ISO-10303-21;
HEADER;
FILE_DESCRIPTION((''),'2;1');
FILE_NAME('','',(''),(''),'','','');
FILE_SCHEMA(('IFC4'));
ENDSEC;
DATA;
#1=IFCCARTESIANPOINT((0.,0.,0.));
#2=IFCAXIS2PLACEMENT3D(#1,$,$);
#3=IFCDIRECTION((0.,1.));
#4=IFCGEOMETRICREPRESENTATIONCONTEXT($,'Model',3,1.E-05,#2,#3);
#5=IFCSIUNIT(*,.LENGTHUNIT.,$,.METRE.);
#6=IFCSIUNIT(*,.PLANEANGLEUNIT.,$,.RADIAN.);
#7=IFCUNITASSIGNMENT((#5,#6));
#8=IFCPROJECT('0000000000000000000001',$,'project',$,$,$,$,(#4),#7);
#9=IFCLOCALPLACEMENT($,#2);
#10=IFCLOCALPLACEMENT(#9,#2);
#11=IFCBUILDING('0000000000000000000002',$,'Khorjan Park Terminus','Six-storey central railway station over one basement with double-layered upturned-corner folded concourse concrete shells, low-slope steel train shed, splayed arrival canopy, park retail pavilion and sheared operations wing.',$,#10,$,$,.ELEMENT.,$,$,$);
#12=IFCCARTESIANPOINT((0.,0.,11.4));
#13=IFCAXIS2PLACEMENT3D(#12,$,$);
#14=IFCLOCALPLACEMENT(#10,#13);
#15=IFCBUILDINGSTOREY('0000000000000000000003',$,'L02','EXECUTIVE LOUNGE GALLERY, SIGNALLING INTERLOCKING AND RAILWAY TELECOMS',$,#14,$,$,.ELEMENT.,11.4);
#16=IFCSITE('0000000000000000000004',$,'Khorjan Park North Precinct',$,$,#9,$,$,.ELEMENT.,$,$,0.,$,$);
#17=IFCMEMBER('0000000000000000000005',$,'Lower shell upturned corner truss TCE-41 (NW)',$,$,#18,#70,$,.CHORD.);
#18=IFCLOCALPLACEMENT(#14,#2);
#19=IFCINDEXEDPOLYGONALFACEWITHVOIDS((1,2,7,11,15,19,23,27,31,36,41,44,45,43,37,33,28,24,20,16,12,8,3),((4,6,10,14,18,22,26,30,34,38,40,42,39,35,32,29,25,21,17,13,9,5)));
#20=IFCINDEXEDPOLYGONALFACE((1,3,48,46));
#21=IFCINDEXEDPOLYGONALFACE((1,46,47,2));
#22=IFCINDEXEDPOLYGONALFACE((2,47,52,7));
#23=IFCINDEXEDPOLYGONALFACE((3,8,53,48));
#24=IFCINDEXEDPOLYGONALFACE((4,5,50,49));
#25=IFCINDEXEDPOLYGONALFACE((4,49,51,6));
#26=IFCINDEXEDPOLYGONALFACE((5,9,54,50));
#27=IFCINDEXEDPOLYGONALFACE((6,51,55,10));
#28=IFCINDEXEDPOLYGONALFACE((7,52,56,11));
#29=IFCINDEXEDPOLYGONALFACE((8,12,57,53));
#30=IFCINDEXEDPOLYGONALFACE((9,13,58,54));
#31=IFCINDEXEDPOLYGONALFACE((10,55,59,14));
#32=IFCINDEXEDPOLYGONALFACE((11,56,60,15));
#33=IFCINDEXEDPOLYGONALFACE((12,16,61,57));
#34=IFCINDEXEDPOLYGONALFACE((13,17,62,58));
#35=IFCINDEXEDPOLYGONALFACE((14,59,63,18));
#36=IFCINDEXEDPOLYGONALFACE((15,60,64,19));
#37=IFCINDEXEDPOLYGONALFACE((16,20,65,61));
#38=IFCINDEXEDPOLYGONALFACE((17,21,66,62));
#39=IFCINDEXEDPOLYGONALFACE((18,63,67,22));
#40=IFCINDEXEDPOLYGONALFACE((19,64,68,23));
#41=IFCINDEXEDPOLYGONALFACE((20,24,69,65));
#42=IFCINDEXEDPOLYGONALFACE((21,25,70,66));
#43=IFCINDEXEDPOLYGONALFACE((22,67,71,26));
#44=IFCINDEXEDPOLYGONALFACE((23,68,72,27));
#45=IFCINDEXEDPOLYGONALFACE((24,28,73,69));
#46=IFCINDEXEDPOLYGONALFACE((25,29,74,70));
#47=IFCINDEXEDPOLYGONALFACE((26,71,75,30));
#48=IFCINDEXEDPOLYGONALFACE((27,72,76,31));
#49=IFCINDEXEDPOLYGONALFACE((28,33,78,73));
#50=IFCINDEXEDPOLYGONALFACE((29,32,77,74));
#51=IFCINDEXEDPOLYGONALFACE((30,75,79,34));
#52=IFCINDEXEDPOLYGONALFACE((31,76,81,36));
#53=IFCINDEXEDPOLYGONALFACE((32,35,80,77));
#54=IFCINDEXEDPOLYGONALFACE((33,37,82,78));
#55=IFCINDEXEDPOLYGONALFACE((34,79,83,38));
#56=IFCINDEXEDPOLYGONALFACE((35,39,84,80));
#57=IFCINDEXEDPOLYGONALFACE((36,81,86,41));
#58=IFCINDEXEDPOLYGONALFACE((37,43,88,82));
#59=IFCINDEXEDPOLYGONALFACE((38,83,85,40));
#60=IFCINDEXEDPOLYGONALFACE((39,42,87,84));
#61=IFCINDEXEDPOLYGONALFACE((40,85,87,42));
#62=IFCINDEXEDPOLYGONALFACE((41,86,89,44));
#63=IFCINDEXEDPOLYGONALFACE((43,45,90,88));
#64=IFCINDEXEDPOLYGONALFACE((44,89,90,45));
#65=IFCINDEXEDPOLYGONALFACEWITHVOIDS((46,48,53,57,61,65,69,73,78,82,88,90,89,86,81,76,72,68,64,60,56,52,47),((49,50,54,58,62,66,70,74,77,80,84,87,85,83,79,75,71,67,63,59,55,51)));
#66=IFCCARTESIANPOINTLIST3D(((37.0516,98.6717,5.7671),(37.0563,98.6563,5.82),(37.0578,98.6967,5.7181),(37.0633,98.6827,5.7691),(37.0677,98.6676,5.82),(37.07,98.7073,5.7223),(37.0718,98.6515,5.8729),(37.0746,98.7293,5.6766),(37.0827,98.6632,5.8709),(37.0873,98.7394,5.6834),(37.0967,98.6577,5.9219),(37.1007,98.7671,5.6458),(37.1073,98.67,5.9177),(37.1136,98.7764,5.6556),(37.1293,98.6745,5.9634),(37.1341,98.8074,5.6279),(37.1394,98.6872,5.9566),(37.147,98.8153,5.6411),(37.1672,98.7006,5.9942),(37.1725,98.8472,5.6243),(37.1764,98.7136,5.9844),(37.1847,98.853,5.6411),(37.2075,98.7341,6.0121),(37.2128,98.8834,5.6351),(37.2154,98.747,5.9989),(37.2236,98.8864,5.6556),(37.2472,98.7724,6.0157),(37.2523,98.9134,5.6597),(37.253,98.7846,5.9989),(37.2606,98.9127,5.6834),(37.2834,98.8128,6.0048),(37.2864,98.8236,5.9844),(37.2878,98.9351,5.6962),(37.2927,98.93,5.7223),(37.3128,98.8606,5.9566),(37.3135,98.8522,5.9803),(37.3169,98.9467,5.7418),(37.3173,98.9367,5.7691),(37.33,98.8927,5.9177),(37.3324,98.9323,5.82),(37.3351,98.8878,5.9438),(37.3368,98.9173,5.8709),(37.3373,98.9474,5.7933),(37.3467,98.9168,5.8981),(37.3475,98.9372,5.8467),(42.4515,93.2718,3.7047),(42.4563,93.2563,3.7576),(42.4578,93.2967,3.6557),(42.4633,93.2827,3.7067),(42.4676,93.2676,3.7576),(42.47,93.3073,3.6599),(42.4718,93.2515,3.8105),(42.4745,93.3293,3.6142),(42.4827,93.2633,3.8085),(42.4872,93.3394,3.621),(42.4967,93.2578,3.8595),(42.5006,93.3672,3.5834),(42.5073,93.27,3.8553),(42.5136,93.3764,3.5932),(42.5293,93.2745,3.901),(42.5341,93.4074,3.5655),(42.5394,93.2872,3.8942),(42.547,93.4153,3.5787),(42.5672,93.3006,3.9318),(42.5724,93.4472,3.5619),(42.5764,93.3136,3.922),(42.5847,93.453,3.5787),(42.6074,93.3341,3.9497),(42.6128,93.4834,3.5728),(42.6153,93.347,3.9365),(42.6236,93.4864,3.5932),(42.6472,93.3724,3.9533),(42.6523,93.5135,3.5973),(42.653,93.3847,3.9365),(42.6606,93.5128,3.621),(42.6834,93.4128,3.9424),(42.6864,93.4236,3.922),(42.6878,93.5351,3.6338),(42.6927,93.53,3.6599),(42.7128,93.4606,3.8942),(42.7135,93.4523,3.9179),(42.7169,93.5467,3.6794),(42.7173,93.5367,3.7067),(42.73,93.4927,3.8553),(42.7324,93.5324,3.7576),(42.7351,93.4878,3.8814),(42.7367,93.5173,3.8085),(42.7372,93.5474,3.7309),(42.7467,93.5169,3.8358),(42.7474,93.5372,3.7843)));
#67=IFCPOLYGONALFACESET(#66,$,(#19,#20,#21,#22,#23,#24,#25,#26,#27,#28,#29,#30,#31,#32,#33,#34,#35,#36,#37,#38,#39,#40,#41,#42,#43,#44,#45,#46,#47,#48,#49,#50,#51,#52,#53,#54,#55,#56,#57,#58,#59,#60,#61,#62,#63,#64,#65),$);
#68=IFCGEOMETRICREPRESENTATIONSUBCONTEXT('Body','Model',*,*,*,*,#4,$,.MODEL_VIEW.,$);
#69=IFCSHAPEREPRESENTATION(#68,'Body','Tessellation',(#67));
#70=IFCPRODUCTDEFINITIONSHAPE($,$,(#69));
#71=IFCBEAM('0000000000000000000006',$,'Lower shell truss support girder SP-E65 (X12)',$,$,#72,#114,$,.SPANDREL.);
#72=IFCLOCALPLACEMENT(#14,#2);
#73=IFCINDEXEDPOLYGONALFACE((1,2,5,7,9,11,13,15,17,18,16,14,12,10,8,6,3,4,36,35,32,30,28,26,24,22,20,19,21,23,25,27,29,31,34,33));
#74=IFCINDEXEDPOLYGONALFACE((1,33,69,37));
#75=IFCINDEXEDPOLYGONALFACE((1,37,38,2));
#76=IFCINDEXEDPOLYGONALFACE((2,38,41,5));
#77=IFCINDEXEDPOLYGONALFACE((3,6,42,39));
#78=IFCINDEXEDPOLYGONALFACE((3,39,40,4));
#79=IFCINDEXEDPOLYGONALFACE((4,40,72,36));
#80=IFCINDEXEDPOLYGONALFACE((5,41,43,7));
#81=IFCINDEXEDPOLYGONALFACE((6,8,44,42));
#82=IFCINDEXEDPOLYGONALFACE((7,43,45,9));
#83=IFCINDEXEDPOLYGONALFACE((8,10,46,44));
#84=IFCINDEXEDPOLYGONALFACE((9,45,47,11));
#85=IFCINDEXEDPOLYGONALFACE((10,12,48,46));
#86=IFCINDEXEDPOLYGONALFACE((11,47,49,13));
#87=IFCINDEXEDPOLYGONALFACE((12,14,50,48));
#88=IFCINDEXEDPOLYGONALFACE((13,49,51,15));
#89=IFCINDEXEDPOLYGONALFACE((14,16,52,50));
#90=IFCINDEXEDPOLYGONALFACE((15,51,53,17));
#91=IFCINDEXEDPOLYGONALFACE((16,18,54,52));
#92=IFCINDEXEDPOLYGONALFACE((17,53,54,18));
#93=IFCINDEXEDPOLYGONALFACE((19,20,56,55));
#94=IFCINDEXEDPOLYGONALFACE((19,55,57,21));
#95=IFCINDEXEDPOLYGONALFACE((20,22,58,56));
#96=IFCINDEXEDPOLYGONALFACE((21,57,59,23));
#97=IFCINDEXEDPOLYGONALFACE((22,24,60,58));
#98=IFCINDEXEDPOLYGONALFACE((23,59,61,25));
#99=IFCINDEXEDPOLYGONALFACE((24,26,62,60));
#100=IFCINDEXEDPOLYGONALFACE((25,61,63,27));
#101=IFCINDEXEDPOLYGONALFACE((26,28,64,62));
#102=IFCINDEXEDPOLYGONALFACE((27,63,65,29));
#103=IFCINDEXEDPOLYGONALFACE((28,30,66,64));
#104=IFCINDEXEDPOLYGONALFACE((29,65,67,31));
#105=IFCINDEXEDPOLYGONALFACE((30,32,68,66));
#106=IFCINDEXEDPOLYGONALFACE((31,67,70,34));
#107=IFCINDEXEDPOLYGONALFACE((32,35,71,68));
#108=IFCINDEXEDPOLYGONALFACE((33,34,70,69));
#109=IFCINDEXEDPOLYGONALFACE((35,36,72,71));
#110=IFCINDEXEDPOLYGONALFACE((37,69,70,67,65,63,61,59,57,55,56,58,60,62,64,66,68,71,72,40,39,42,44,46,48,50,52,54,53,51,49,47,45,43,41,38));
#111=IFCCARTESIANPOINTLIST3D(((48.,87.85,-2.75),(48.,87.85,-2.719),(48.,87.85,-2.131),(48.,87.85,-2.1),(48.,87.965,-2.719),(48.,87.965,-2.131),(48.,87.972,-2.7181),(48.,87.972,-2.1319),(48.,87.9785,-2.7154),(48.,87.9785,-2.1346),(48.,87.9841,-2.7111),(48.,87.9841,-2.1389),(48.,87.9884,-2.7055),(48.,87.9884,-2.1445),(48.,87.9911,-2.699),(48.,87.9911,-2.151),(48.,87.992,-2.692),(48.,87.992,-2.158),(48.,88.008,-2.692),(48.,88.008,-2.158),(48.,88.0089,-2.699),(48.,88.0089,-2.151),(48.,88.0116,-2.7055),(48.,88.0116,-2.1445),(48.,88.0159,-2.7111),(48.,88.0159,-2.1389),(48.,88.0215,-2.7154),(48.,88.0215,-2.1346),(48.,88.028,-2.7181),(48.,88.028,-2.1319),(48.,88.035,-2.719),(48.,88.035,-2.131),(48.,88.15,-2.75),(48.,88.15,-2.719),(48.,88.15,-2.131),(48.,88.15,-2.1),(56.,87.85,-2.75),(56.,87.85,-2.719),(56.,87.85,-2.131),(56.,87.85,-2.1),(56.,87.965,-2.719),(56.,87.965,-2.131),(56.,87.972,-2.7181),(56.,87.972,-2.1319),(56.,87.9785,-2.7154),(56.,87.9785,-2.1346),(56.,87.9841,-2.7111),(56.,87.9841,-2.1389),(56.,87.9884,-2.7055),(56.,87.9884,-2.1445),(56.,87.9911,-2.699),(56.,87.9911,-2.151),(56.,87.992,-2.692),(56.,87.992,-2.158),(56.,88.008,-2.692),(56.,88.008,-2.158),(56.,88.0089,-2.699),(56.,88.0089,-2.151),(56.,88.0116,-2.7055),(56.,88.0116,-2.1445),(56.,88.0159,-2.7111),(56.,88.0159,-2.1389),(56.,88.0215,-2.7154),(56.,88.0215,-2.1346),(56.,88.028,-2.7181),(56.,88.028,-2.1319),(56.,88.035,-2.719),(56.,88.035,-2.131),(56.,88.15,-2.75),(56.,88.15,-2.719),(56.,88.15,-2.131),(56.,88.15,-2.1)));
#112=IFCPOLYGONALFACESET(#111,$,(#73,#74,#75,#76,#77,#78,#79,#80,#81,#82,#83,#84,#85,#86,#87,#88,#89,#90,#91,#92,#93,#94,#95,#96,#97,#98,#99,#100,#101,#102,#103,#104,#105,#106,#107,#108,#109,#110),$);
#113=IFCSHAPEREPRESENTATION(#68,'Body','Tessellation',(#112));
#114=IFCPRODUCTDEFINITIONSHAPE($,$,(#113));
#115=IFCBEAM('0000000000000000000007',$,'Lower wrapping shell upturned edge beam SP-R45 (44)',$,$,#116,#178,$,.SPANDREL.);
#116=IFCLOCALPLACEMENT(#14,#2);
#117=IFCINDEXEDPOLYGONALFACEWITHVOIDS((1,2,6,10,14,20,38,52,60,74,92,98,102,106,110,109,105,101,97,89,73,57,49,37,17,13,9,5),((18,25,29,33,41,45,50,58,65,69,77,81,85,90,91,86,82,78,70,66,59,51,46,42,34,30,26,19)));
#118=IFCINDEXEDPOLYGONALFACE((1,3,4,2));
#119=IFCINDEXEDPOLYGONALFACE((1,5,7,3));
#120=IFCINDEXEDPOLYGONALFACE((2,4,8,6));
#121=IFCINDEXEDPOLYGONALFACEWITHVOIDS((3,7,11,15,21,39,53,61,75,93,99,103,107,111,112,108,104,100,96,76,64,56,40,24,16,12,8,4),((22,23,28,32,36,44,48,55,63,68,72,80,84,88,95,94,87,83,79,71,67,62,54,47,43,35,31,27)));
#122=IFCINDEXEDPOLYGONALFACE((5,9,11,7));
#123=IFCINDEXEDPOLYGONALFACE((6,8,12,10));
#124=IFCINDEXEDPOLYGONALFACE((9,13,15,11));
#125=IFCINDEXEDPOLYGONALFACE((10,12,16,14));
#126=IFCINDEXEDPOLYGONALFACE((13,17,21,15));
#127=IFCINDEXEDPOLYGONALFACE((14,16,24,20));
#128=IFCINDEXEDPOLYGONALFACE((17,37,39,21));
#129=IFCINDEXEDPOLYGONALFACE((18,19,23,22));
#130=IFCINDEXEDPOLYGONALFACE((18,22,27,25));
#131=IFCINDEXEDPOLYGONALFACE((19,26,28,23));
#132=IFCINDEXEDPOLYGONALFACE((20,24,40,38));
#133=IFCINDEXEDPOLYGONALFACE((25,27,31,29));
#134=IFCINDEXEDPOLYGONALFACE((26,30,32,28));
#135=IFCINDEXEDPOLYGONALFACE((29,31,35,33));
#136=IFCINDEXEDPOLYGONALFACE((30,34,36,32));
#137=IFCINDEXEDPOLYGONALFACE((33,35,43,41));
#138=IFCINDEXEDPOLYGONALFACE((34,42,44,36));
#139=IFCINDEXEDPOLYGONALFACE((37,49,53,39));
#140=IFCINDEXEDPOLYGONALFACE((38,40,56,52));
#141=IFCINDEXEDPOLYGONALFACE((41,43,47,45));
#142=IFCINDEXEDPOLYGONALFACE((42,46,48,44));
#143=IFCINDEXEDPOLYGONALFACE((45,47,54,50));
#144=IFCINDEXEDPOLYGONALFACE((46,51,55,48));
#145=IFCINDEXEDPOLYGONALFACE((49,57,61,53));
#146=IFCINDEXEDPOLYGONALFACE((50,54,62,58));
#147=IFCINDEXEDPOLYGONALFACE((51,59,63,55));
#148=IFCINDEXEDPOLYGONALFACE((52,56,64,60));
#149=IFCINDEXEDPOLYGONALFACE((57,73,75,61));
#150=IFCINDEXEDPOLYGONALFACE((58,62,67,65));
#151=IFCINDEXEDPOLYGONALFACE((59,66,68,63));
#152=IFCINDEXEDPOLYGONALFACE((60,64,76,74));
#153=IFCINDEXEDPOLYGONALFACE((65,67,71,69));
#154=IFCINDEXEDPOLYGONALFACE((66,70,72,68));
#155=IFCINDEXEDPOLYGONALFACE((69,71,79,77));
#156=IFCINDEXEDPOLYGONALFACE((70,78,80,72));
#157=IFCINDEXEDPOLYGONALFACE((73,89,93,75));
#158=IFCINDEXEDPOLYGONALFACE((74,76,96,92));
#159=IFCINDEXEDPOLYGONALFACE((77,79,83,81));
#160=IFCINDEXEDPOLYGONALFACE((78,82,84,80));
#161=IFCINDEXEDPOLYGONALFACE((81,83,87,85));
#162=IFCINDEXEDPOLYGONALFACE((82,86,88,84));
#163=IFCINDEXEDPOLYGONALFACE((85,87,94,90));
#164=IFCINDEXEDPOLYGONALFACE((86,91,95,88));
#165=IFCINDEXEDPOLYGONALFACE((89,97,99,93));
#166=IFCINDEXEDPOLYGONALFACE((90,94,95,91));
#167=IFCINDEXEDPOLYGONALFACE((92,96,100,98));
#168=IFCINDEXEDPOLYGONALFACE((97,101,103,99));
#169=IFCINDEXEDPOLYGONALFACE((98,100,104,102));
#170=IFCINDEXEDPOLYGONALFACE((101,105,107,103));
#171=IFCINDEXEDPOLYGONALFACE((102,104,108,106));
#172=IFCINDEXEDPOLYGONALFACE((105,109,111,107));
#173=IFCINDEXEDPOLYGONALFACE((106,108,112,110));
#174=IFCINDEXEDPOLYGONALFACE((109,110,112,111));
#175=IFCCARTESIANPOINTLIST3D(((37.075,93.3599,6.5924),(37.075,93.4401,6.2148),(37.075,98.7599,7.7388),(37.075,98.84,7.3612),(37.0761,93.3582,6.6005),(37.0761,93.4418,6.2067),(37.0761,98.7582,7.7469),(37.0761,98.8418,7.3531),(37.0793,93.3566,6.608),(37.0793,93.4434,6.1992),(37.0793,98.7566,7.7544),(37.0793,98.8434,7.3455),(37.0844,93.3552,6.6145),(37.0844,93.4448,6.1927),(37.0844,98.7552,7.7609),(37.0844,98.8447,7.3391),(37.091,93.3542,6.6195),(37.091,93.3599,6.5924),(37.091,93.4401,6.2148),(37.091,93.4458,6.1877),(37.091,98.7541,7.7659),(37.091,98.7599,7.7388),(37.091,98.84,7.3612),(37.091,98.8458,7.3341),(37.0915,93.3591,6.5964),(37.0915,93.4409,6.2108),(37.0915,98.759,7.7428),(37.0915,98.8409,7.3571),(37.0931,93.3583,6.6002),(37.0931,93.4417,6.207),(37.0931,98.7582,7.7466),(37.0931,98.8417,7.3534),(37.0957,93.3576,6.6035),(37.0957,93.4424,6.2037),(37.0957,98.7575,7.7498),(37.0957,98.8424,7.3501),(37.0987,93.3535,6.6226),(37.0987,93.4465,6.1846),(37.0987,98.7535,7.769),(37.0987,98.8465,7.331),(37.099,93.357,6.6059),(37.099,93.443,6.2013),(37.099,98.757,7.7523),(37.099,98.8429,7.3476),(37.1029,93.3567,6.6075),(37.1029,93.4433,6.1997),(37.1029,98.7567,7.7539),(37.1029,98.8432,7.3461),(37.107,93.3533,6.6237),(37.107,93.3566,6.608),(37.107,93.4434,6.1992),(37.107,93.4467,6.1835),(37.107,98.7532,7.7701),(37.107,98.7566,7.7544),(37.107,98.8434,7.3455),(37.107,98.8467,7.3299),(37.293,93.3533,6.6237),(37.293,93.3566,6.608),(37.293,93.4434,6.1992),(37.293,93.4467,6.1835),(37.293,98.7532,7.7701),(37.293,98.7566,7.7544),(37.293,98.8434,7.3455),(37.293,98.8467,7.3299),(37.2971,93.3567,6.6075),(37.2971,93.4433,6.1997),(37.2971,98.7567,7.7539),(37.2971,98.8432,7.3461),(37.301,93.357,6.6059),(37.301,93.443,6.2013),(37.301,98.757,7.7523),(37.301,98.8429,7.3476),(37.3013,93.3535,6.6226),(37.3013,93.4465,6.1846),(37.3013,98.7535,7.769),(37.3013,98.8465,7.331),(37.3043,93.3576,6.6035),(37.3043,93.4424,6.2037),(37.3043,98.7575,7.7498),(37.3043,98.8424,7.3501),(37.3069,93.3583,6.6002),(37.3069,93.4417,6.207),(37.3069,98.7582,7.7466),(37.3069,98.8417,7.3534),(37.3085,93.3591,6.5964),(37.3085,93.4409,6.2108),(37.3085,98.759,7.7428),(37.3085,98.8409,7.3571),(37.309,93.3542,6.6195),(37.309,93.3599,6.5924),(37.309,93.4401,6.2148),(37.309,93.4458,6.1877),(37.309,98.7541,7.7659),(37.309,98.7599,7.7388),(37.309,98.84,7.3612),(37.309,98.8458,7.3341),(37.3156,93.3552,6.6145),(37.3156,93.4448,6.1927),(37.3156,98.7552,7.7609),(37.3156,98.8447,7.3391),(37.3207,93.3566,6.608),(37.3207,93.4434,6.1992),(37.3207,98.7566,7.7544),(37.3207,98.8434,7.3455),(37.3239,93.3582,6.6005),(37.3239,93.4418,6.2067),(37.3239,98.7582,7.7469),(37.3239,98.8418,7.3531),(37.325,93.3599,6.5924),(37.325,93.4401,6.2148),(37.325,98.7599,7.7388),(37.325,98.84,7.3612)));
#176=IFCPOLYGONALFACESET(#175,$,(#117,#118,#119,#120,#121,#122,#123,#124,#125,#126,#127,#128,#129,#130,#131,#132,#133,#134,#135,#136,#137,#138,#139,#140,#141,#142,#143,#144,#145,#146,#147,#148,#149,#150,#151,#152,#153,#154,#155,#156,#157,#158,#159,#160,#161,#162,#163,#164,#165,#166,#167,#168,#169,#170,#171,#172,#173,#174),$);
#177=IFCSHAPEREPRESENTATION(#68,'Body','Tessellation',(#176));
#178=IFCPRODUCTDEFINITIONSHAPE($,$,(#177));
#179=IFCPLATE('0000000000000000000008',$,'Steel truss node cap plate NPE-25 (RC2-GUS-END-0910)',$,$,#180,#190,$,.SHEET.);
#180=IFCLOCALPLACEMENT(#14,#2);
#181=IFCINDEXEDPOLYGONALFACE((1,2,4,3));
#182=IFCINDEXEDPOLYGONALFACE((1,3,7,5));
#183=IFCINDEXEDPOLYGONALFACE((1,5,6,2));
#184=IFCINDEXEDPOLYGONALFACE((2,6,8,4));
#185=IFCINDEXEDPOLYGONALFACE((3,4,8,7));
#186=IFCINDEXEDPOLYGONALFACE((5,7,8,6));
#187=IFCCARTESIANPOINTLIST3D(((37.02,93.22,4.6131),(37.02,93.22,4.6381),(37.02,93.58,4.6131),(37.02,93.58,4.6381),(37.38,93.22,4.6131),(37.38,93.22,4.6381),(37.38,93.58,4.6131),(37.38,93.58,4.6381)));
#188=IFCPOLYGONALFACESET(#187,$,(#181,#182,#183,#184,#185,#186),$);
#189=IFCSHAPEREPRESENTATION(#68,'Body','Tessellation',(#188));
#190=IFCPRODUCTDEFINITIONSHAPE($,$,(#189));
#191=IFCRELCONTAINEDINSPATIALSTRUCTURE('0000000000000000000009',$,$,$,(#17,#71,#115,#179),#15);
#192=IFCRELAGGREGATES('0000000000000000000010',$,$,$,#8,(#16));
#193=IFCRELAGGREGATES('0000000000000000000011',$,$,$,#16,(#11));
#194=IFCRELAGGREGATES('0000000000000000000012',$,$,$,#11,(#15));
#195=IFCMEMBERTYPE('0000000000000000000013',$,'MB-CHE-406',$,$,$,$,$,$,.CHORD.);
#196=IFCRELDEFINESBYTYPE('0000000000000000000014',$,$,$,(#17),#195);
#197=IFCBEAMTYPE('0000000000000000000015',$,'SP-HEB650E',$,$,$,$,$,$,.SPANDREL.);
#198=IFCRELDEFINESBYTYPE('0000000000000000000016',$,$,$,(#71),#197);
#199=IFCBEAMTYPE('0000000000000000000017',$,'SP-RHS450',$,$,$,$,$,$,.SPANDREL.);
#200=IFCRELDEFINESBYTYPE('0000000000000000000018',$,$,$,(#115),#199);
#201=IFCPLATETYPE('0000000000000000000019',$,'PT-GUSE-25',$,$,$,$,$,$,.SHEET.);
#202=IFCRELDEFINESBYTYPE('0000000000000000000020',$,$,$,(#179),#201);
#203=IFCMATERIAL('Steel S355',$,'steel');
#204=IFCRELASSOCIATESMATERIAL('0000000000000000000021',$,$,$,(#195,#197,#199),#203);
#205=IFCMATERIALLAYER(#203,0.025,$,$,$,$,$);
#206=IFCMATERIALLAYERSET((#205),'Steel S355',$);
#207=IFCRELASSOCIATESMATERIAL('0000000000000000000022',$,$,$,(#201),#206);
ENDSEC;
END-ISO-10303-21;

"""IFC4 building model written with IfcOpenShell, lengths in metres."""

from ifc_helpers import new_model, si_unit, direction, frame, origin, origin_2d, place, context, subcontext, project, spatial, rectangle, hollow_rectangle, hollow_circle, i_section, extrude, material, layer, layer_set, material_profile, profile_set, type_object, element, save


model = new_model("IFC4")

# Units and contexts
model_context = context("Model", 3, precision=1e-05, world=origin(), true_north=direction((0.0, 1.0)))
body_context = subcontext(model_context, "Body", "Model", "MODEL_VIEW")
ifc_project = project(units=[si_unit("LENGTHUNIT", "METRE"), si_unit("PLANEANGLEUNIT", "RADIAN")], contexts=[model_context])

# Site, building, storey
site_placement = place(None, origin())
site = spatial("IfcSite", under=ifc_project, at=site_placement, Name="Khorjan Park North Precinct", CompositionType="ELEMENT", RefElevation=0.0)
building_placement = place(site_placement, origin())
building = spatial("IfcBuilding", under=site, at=building_placement, Name="Khorjan Park Terminus", Description="Six-storey central railway station over one basement with double-layered upturned-corner folded concourse concrete shells, low-slope steel train shed, splayed arrival canopy, park retail pavilion and sheared operations wing.", CompositionType="ELEMENT")
storey_placement = place(building_placement, frame((0.0, 0.0, 11.4)))
storey = spatial("IfcBuildingStorey", under=building, at=storey_placement, Name="L02", Description="EXECUTIVE LOUNGE GALLERY, SIGNALLING INTERLOCKING AND RAILWAY TELECOMS", CompositionType="ELEMENT", Elevation=11.4)

# Member
ifc_material_1 = material(Name="Steel S355", Category="steel")
ifc_material_profile_1 = material_profile(ifc_material_1, hollow_circle(Radius=0.2032, WallThickness=0.016, at=origin_2d()), Name="CHS 406.4x16")
ifc_profile_set_1 = profile_set([ifc_material_profile_1], Name="Steel S355")
member_type_1 = type_object("IfcMemberType", Name="MB-CHE-406", PredefinedType="CHORD", material=ifc_profile_set_1)
for number, where, z_axis, x_axis, name in (
    (1, (42.6, 93.4, 3.7576), (-0.682651, 0.682651, 0.260722), (-0.707107, -0.707107, 0.0), "Lower shell upturned corner truss TCE-41 (NW)"),
):
    element("IfcMember", number, at=place(storey_placement, frame(where, z_axis=z_axis, x_axis=x_axis)), inside=storey, type_object=member_type_1, Name=name, PredefinedType="CHORD", context=body_context, shape_type="SweptSolid", body=[
        extrude(hollow_circle(Radius=0.2032, WallThickness=0.016, at=origin_2d()), origin(), (0.0, 0.0, 1.0), 7.9103),
    ])

# Beams
ifc_material_profile_2 = material_profile(ifc_material_1, i_section(OverallWidth=0.3, OverallDepth=0.65, WebThickness=0.016, FlangeThickness=0.031, FilletRadius=0.027, at=origin_2d()), Name="HEB 650")
ifc_profile_set_2 = profile_set([ifc_material_profile_2], Name="Steel S355")
beam_type_1 = type_object("IfcBeamType", Name="SP-HEB650E", PredefinedType="SPANDREL", material=ifc_profile_set_2)
beam_1_placement = place(storey_placement, frame((48.0, 88.0, -2.425), z_axis=(1.0, 0.0, 0.0), x_axis=(0.0, 1.0, 0.0)))
element("IfcBeam", 2, at=beam_1_placement, inside=storey, type_object=beam_type_1, Name="Lower shell truss support girder SP-E65 (X12)", PredefinedType="SPANDREL", context=body_context, shape_type="SweptSolid", body=[
    extrude(i_section(OverallWidth=0.3, OverallDepth=0.65, WebThickness=0.016, FlangeThickness=0.031, FilletRadius=0.027, at=origin_2d()), origin(), (0.0, 0.0, 1.0), 8.0),
])
ifc_material_profile_3 = material_profile(ifc_material_1, hollow_rectangle(XDim=0.25, YDim=0.45, WallThickness=0.016, InnerFilletRadius=0.016, OuterFilletRadius=0.032, at=origin_2d()), Name="RHS 450x250x16")
ifc_profile_set_3 = profile_set([ifc_material_profile_3], Name="Steel S355")
beam_type_2 = type_object("IfcBeamType", Name="SP-RHS450", PredefinedType="SPANDREL", material=ifc_profile_set_3)
beam_2_placement = place(storey_placement, frame((37.2, 93.4, 6.4036), z_axis=(0.0, 0.978199, 0.207668), x_axis=(-1.0, 0.0, 0.0)))
element("IfcBeam", 3, at=beam_2_placement, inside=storey, type_object=beam_type_2, Name="Lower wrapping shell upturned edge beam SP-R45 (44)", PredefinedType="SPANDREL", context=body_context, shape_type="SweptSolid", body=[
    extrude(hollow_rectangle(XDim=0.25, YDim=0.45, WallThickness=0.016, InnerFilletRadius=0.016, OuterFilletRadius=0.032, at=origin_2d()), origin(), (0.0, 0.0, 1.0), 5.5203),
])

# Plate
ifc_layer_1 = layer(ifc_material_1, 0.025)
ifc_layer_set_1 = layer_set([ifc_layer_1], Name="Steel S355")
plate_type = type_object("IfcPlateType", Name="PT-GUSE-25", PredefinedType="SHEET", material=ifc_layer_set_1)
for number, where, z_axis, x_axis, name in (
    (4, (37.2, 93.4, 4.6131), (0.0, 0.0, 1.0), (1.0, 0.0, 0.0), "Steel truss node cap plate NPE-25 (RC2-GUS-END-0910)"),
):
    element("IfcPlate", number, at=place(storey_placement, frame(where, z_axis=z_axis, x_axis=x_axis)), inside=storey, type_object=plate_type, Name=name, PredefinedType="SHEET", context=body_context, shape_type="SweptSolid", body=[
        extrude(rectangle(XDim=0.36, YDim=0.36, at=origin_2d()), origin(), (0.0, 0.0, 1.0), 0.025),
    ])

save(model, "model.ifc")
